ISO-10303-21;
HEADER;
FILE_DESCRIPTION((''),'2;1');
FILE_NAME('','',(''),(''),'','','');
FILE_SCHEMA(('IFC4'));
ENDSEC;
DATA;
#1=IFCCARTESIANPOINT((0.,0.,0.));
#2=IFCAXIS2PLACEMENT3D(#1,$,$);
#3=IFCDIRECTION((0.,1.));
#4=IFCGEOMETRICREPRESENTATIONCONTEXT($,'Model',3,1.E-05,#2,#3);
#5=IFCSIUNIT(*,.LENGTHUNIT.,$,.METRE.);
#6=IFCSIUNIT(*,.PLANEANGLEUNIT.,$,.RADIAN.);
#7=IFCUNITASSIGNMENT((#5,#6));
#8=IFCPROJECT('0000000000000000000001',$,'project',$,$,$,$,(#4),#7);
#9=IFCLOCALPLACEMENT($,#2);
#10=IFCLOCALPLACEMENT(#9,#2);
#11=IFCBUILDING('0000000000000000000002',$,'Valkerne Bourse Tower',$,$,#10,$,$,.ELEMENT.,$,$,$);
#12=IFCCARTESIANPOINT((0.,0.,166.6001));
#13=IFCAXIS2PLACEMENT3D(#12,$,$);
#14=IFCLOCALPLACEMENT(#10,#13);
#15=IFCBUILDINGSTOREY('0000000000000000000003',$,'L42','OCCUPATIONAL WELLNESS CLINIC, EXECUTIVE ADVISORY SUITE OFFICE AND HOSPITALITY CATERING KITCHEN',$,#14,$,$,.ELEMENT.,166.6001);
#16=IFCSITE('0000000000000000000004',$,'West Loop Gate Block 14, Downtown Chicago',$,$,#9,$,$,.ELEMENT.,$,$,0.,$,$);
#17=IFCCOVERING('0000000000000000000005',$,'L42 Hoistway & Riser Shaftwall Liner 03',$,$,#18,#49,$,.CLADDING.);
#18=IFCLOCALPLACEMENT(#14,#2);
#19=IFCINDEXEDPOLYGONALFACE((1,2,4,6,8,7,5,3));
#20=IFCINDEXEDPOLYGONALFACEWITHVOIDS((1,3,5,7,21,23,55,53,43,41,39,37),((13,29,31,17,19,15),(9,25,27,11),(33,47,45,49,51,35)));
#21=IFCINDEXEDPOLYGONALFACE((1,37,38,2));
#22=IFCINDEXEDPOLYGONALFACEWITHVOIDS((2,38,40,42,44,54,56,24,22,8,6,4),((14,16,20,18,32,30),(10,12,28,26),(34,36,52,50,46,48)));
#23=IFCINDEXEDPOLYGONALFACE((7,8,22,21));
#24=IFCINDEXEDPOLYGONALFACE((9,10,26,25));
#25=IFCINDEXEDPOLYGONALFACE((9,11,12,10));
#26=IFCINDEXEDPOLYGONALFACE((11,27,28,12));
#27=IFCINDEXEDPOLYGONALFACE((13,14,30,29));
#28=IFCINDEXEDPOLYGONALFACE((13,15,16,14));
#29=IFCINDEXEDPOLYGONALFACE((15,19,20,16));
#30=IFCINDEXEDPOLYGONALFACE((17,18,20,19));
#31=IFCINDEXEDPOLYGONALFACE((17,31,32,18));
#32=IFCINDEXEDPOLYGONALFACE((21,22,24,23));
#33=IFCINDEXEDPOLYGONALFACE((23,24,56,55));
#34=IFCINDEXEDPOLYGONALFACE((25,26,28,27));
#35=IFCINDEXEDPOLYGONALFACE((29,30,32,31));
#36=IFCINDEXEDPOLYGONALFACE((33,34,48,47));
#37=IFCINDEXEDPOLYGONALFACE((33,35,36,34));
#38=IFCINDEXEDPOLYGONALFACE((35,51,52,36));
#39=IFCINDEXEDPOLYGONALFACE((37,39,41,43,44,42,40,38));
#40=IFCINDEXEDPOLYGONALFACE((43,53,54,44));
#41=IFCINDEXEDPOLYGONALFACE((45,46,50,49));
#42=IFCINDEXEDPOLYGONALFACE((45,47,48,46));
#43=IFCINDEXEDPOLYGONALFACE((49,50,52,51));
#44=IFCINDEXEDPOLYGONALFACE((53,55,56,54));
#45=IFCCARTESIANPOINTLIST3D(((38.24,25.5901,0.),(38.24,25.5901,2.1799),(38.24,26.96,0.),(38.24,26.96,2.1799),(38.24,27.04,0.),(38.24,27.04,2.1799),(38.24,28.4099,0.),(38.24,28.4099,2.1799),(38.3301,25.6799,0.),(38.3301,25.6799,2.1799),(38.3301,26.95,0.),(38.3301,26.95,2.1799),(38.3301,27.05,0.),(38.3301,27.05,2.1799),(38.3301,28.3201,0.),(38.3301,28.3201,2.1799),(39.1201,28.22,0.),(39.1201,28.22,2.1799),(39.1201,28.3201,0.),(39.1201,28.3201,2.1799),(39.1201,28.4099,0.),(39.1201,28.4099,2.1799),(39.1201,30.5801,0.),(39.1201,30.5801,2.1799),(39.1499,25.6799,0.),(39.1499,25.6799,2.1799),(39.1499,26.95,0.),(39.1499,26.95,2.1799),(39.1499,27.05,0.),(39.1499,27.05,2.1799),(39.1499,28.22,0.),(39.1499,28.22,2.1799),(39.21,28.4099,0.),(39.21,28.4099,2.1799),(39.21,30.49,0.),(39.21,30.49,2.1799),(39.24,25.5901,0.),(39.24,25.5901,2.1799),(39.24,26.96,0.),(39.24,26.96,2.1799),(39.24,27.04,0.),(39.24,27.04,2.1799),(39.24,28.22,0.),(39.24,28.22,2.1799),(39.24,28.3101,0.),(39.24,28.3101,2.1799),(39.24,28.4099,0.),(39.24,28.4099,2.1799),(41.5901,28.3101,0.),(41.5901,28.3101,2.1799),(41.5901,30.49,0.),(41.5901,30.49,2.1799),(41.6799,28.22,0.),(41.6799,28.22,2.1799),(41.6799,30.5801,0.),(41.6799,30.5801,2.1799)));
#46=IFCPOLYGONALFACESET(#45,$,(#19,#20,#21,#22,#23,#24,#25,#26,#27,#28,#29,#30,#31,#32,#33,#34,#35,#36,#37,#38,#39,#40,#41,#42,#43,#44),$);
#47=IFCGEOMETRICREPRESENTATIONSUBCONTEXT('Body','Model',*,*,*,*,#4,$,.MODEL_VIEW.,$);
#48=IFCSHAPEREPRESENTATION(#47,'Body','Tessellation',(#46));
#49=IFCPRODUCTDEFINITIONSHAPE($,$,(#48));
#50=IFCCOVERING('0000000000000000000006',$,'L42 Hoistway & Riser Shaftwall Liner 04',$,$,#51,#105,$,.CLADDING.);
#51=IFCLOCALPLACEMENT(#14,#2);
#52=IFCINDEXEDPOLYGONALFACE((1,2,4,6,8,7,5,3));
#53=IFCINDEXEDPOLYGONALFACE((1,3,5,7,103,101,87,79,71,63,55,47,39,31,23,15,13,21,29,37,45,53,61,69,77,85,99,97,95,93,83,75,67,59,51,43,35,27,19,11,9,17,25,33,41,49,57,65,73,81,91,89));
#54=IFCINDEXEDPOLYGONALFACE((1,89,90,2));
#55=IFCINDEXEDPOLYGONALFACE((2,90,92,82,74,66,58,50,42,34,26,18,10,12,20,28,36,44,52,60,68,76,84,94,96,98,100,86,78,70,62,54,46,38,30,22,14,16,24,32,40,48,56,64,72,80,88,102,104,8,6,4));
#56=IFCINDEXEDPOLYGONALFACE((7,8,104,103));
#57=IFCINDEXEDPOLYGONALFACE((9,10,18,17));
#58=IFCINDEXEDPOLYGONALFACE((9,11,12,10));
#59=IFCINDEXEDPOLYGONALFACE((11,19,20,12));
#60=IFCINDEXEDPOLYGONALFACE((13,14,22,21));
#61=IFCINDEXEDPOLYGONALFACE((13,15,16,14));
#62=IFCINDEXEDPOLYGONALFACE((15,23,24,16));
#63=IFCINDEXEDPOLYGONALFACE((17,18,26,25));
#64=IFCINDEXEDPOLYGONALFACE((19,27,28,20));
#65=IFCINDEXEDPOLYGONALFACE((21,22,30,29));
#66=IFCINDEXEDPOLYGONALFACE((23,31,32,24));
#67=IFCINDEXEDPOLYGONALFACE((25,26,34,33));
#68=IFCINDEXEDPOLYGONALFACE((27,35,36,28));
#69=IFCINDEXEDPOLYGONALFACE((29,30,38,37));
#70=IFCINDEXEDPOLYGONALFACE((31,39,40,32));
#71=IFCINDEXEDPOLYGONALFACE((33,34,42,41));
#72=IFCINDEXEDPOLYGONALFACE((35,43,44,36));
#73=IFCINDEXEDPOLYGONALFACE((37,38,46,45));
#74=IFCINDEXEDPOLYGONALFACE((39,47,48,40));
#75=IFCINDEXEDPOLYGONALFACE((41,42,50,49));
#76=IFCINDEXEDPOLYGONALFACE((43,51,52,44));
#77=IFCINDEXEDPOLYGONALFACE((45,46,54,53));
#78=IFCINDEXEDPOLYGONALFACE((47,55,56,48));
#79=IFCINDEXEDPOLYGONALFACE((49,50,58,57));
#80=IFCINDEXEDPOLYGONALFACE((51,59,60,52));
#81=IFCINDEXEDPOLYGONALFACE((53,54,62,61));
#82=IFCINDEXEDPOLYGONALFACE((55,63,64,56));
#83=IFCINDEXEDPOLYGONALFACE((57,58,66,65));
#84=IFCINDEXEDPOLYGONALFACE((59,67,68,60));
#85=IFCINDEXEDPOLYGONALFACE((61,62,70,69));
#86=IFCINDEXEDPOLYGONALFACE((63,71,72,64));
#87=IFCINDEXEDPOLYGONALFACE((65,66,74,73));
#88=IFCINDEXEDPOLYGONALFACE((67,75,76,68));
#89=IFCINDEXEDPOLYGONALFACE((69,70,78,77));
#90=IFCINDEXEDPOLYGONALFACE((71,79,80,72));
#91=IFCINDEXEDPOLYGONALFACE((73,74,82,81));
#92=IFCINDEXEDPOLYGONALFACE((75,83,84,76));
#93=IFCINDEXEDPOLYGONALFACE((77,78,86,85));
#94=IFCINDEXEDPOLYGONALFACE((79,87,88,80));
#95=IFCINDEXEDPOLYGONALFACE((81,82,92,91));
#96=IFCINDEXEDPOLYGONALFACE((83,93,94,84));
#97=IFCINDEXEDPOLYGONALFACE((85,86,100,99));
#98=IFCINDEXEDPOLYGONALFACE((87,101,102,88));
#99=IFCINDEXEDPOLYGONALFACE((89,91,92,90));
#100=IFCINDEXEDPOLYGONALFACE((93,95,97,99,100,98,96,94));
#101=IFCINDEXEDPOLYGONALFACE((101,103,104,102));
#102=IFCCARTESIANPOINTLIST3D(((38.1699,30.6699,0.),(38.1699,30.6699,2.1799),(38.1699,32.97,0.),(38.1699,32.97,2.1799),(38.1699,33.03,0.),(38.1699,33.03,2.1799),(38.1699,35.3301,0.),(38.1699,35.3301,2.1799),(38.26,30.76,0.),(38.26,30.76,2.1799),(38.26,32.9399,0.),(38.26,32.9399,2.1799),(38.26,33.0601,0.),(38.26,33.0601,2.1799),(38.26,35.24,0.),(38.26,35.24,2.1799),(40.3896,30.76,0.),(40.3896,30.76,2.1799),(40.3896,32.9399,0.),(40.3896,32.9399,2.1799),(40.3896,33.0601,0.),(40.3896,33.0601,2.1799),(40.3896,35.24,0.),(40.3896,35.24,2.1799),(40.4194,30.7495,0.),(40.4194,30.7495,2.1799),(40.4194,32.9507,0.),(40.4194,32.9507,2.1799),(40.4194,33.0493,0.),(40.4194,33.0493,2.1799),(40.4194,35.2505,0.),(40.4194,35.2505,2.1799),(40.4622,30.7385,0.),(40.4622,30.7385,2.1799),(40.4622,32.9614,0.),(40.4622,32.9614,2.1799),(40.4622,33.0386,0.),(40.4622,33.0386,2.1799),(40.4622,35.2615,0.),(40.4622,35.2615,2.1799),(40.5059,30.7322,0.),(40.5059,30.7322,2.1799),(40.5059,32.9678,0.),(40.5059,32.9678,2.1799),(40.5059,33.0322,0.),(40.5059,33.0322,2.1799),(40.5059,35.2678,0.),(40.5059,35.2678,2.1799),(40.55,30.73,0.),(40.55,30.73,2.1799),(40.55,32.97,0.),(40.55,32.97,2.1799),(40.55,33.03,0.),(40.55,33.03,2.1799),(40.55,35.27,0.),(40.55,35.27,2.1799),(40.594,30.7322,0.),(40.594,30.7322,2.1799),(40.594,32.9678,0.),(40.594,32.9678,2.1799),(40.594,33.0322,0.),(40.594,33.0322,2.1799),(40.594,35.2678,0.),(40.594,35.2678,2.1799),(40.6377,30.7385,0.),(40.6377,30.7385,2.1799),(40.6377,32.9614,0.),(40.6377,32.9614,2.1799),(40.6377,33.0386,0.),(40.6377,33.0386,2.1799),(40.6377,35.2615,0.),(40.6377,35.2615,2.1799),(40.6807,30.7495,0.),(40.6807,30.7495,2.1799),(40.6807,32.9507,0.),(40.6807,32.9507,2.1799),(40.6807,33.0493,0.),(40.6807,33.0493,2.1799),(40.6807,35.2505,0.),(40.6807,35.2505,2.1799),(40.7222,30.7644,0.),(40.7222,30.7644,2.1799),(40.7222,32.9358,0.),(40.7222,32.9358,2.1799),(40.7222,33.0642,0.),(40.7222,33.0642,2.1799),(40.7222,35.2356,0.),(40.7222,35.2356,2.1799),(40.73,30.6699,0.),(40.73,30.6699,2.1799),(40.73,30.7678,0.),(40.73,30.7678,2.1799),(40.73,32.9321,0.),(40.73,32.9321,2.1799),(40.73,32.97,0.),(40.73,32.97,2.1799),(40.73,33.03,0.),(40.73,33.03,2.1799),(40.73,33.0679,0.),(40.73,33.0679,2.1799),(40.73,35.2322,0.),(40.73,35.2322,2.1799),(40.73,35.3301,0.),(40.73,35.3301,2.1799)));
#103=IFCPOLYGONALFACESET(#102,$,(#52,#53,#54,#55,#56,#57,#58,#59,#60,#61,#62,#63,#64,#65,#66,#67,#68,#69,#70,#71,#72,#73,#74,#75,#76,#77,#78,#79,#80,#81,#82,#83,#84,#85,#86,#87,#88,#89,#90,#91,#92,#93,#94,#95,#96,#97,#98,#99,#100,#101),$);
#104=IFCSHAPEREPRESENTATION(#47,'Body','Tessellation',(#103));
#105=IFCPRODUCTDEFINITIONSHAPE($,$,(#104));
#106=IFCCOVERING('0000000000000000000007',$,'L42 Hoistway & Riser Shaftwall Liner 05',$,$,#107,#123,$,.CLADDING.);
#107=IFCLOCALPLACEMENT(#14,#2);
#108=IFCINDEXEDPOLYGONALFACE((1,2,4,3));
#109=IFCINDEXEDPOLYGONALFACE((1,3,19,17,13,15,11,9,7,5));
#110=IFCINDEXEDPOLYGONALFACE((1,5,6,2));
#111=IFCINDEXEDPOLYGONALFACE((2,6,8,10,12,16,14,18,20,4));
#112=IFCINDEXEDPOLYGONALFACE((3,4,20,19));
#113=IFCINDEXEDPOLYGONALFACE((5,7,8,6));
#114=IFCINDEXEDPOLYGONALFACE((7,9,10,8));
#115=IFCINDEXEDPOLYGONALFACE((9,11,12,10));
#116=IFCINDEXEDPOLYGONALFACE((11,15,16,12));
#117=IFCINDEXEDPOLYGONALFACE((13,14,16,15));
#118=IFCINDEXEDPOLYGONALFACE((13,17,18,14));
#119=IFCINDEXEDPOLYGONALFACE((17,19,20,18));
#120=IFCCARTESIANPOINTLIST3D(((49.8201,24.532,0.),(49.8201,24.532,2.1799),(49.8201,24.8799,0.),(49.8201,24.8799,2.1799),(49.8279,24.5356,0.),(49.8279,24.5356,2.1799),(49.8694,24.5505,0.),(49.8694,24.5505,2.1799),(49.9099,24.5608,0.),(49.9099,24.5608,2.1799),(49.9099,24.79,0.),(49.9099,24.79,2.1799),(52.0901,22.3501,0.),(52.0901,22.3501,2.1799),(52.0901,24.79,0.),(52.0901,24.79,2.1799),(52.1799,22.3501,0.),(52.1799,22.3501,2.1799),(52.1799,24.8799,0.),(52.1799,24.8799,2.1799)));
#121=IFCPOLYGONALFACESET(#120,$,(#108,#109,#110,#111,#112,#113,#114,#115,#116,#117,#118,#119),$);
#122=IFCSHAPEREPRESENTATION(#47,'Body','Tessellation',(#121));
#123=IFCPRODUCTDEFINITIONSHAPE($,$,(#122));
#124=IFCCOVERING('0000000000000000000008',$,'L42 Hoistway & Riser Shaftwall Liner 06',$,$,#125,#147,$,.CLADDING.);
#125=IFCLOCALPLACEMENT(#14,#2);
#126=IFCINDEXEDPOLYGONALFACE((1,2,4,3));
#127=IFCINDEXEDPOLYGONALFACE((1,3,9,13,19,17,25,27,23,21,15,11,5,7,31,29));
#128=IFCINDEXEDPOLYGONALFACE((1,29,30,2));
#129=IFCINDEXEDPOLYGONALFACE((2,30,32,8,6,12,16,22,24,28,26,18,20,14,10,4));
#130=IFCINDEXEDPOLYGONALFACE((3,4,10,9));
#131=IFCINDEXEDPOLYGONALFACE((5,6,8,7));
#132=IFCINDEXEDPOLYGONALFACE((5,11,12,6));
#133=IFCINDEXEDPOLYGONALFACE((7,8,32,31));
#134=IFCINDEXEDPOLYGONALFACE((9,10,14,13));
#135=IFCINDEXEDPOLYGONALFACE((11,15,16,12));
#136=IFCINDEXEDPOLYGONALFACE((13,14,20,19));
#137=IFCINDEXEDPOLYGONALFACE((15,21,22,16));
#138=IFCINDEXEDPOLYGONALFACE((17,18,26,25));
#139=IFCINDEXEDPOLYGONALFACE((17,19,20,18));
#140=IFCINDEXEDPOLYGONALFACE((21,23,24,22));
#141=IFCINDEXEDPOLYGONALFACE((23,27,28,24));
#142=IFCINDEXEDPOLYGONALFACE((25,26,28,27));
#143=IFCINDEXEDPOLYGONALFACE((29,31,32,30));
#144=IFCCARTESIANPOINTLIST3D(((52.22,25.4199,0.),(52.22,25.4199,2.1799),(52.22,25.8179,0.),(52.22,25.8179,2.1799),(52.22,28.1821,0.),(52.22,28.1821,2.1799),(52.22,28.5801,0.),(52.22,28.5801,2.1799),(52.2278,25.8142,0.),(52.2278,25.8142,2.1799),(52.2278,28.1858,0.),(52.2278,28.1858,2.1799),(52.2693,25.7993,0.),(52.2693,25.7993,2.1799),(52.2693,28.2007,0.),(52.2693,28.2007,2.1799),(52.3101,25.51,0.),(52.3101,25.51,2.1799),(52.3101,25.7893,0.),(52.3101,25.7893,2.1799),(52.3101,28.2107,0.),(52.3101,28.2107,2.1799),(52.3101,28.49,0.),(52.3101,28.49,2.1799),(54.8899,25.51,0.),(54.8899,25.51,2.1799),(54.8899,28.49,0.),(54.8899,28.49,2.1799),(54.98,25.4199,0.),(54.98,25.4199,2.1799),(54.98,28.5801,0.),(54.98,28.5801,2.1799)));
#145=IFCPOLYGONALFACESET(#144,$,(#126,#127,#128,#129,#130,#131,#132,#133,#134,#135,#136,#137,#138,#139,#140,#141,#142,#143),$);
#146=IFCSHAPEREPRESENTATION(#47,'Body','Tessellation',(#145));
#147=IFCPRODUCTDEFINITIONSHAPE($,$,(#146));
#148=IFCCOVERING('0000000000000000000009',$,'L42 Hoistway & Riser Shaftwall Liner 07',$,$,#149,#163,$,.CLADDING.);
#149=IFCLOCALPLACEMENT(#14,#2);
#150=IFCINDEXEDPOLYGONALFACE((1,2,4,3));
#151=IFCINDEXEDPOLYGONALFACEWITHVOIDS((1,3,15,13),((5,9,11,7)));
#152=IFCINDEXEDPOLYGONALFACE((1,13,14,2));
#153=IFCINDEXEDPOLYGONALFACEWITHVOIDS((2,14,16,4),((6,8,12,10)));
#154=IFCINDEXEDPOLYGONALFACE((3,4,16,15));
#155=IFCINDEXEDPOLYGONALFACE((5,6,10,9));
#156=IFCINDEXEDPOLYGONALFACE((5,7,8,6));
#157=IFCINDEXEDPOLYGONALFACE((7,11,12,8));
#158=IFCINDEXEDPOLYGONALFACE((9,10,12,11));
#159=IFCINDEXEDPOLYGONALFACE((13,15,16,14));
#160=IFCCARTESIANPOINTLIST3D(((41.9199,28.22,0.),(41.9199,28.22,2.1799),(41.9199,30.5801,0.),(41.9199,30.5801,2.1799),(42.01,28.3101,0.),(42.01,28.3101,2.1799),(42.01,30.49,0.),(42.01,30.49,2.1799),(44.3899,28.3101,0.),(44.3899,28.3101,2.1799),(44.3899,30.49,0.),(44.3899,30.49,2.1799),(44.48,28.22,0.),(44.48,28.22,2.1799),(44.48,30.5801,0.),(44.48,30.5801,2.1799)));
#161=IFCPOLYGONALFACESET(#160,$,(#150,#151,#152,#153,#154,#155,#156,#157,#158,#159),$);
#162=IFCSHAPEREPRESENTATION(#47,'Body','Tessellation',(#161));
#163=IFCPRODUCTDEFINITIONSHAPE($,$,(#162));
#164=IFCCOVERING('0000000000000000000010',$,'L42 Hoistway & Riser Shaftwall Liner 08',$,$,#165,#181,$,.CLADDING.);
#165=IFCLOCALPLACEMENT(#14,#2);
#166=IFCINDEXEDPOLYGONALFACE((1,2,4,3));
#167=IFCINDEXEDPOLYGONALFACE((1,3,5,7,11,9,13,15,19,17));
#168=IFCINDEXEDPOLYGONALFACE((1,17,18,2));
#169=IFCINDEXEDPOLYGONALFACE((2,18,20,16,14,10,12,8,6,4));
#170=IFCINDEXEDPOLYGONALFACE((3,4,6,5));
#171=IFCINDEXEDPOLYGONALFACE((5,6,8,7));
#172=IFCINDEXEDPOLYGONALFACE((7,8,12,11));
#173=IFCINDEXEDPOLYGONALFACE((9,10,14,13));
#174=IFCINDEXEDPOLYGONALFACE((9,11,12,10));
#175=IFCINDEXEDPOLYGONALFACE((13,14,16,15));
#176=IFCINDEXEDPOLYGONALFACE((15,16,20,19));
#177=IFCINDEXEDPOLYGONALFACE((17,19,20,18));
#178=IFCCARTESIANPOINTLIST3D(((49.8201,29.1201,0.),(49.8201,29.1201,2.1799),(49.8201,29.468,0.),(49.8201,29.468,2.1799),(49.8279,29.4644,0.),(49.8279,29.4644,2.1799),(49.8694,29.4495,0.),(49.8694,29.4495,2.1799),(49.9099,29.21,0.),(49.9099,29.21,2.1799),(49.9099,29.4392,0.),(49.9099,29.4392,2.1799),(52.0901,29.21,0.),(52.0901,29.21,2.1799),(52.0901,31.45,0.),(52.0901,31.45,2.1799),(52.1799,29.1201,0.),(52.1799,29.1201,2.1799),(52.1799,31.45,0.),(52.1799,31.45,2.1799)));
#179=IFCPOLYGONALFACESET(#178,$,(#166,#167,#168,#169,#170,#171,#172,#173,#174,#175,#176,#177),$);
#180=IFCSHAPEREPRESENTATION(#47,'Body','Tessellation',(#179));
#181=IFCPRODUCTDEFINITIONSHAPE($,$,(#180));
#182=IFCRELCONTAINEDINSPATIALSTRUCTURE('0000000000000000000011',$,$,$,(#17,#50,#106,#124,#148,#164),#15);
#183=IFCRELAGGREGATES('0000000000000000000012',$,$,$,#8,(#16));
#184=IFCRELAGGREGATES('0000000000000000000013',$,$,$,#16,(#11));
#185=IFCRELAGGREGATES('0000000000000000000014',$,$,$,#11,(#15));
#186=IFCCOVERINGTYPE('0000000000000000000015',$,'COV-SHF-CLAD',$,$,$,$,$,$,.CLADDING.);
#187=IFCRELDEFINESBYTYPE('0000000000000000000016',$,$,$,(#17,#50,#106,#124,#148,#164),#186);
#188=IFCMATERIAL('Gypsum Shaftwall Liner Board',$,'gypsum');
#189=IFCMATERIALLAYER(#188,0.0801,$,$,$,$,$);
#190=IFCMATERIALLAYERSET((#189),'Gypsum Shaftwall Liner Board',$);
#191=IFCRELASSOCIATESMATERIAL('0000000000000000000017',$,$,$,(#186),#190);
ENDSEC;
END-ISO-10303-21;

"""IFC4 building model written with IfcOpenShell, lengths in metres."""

from ifc_helpers import new_model, si_unit, direction, frame, origin, place, context, subcontext, project, spatial, polyline, outline, extrude, material, layer, layer_set, type_object, element, save


model = new_model("IFC4")

# Units and contexts
model_context = context("Model", 3, precision=1e-05, world=origin(), true_north=direction((0.0, 1.0)))
body_context = subcontext(model_context, "Body", "Model", "MODEL_VIEW")
ifc_project = project(units=[si_unit("LENGTHUNIT", "METRE"), si_unit("PLANEANGLEUNIT", "RADIAN")], contexts=[model_context])

# Site, building, storey
site_placement = place(None, origin())
site = spatial("IfcSite", under=ifc_project, at=site_placement, Name="West Loop Gate Block 14, Downtown Chicago", CompositionType="ELEMENT", RefElevation=0.0)
building_placement = place(site_placement, origin())
building = spatial("IfcBuilding", under=site, at=building_placement, Name="Valkerne Bourse Tower", CompositionType="ELEMENT")
storey_placement = place(building_placement, frame((0.0, 0.0, 166.6001)))
storey = spatial("IfcBuildingStorey", under=building, at=storey_placement, Name="L42", Description="OCCUPATIONAL WELLNESS CLINIC, EXECUTIVE ADVISORY SUITE OFFICE AND HOSPITALITY CATERING KITCHEN", CompositionType="ELEMENT", Elevation=166.6001)

# Coverings
ifc_material_1 = material(Name="Gypsum Shaftwall Liner Board", Category="gypsum")
ifc_layer_1 = layer(ifc_material_1, 0.0801)
ifc_layer_set_1 = layer_set([ifc_layer_1], Name="Gypsum Shaftwall Liner Board")
covering_type_1 = type_object("IfcCoveringType", Name="COV-SHF-CLAD", PredefinedType="CLADDING", material=ifc_layer_set_1)
covering_1_placement = place(storey_placement, origin())
element("IfcCovering", 1, at=covering_1_placement, inside=storey, type_object=covering_type_1, Name="L42 Hoistway & Riser Shaftwall Liner 03", PredefinedType="CLADDING", context=body_context, shape_type="SweptSolid", body=[
    extrude(outline(polyline([(38.24, 28.4099), (39.1201, 28.4099), (39.1201, 30.5801), (41.6799, 30.5801), (41.6799, 28.22), (39.24, 28.22), (39.24, 27.04), (39.24, 26.96), (39.24, 25.5901), (38.24, 25.5901), (38.24, 26.96), (38.24, 27.04), (38.24, 28.4099)]), holes=[polyline([(38.3301, 26.95), (38.3301, 25.6799), (39.1499, 25.6799), (39.1499, 26.95), (38.3301, 26.95)]), polyline([(39.21, 30.49), (39.21, 28.4099), (39.24, 28.4099), (39.24, 28.3101), (41.5901, 28.3101), (41.5901, 30.49), (39.21, 30.49)]), polyline([(38.3301, 27.05), (39.1499, 27.05), (39.1499, 28.22), (39.1201, 28.22), (39.1201, 28.3201), (38.3301, 28.3201), (38.3301, 27.05)])]), origin(), (0.0, 0.0, 1.0), 2.1799),
])
covering_2_placement = place(storey_placement, origin())
element("IfcCovering", 2, at=covering_2_placement, inside=storey, type_object=covering_type_1, Name="L42 Hoistway & Riser Shaftwall Liner 04", PredefinedType="CLADDING", context=body_context, shape_type="SweptSolid", body=[
    extrude(outline(polyline([(38.1699, 35.3301), (40.73, 35.3301), (40.73, 35.2322), (40.7222, 35.2356), (40.6807, 35.2505), (40.6377, 35.2615), (40.594, 35.2678), (40.55, 35.27), (40.5059, 35.2678), (40.4622, 35.2615), (40.4194, 35.2505), (40.3896, 35.24), (38.26, 35.24), (38.26, 33.0601), (40.3896, 33.0601), (40.4194, 33.0493), (40.4622, 33.0386), (40.5059, 33.0322), (40.55, 33.03), (40.594, 33.0322), (40.6377, 33.0386), (40.6807, 33.0493), (40.7222, 33.0642), (40.73, 33.0679), (40.73, 33.03), (40.73, 32.97), (40.73, 32.9321), (40.7222, 32.9358), (40.6807, 32.9507), (40.6377, 32.9614), (40.594, 32.9678), (40.55, 32.97), (40.5059, 32.9678), (40.4622, 32.9614), (40.4194, 32.9507), (40.3896, 32.9399), (38.26, 32.9399), (38.26, 30.76), (40.3896, 30.76), (40.4194, 30.7495), (40.4622, 30.7385), (40.5059, 30.7322), (40.55, 30.73), (40.594, 30.7322), (40.6377, 30.7385), (40.6807, 30.7495), (40.7222, 30.7644), (40.73, 30.7678), (40.73, 30.6699), (38.1699, 30.6699), (38.1699, 32.97), (38.1699, 33.03), (38.1699, 35.3301)])), origin(), (0.0, 0.0, 1.0), 2.1799),
])
covering_3_placement = place(storey_placement, origin())
element("IfcCovering", 3, at=covering_3_placement, inside=storey, type_object=covering_type_1, Name="L42 Hoistway & Riser Shaftwall Liner 05", PredefinedType="CLADDING", context=body_context, shape_type="SweptSolid", body=[
    extrude(outline(polyline([(52.1799, 22.3501), (52.0901, 22.3501), (52.0901, 24.79), (49.9099, 24.79), (49.9099, 24.5608), (49.8694, 24.5505), (49.8279, 24.5356), (49.8201, 24.532), (49.8201, 24.8799), (52.1799, 24.8799), (52.1799, 22.3501)])), origin(), (0.0, 0.0, 1.0), 2.1799),
])
covering_4_placement = place(storey_placement, origin())
element("IfcCovering", 4, at=covering_4_placement, inside=storey, type_object=covering_type_1, Name="L42 Hoistway & Riser Shaftwall Liner 06", PredefinedType="CLADDING", context=body_context, shape_type="SweptSolid", body=[
    extrude(outline(polyline([(54.98, 25.4199), (52.22, 25.4199), (52.22, 25.8179), (52.2278, 25.8142), (52.2693, 25.7993), (52.3101, 25.7893), (52.3101, 25.51), (54.8899, 25.51), (54.8899, 28.49), (52.3101, 28.49), (52.3101, 28.2107), (52.2693, 28.2007), (52.2278, 28.1858), (52.22, 28.1821), (52.22, 28.5801), (54.98, 28.5801), (54.98, 25.4199)])), origin(), (0.0, 0.0, 1.0), 2.1799),
])
covering_5_placement = place(storey_placement, origin())
element("IfcCovering", 5, at=covering_5_placement, inside=storey, type_object=covering_type_1, Name="L42 Hoistway & Riser Shaftwall Liner 07", PredefinedType="CLADDING", context=body_context, shape_type="SweptSolid", body=[
    extrude(outline(polyline([(44.48, 28.22), (41.9199, 28.22), (41.9199, 30.5801), (44.48, 30.5801), (44.48, 28.22)]), holes=[polyline([(42.01, 30.49), (42.01, 28.3101), (44.3899, 28.3101), (44.3899, 30.49), (42.01, 30.49)])]), origin(), (0.0, 0.0, 1.0), 2.1799),
])
covering_6_placement = place(storey_placement, origin())
element("IfcCovering", 6, at=covering_6_placement, inside=storey, type_object=covering_type_1, Name="L42 Hoistway & Riser Shaftwall Liner 08", PredefinedType="CLADDING", context=body_context, shape_type="SweptSolid", body=[
    extrude(outline(polyline([(49.8201, 29.1201), (49.8201, 29.468), (49.8279, 29.4644), (49.8694, 29.4495), (49.9099, 29.4392), (49.9099, 29.21), (52.0901, 29.21), (52.0901, 31.45), (52.1799, 31.45), (52.1799, 29.1201), (49.8201, 29.1201)])), origin(), (0.0, 0.0, 1.0), 2.1799),
])

save(model, "model.ifc")
